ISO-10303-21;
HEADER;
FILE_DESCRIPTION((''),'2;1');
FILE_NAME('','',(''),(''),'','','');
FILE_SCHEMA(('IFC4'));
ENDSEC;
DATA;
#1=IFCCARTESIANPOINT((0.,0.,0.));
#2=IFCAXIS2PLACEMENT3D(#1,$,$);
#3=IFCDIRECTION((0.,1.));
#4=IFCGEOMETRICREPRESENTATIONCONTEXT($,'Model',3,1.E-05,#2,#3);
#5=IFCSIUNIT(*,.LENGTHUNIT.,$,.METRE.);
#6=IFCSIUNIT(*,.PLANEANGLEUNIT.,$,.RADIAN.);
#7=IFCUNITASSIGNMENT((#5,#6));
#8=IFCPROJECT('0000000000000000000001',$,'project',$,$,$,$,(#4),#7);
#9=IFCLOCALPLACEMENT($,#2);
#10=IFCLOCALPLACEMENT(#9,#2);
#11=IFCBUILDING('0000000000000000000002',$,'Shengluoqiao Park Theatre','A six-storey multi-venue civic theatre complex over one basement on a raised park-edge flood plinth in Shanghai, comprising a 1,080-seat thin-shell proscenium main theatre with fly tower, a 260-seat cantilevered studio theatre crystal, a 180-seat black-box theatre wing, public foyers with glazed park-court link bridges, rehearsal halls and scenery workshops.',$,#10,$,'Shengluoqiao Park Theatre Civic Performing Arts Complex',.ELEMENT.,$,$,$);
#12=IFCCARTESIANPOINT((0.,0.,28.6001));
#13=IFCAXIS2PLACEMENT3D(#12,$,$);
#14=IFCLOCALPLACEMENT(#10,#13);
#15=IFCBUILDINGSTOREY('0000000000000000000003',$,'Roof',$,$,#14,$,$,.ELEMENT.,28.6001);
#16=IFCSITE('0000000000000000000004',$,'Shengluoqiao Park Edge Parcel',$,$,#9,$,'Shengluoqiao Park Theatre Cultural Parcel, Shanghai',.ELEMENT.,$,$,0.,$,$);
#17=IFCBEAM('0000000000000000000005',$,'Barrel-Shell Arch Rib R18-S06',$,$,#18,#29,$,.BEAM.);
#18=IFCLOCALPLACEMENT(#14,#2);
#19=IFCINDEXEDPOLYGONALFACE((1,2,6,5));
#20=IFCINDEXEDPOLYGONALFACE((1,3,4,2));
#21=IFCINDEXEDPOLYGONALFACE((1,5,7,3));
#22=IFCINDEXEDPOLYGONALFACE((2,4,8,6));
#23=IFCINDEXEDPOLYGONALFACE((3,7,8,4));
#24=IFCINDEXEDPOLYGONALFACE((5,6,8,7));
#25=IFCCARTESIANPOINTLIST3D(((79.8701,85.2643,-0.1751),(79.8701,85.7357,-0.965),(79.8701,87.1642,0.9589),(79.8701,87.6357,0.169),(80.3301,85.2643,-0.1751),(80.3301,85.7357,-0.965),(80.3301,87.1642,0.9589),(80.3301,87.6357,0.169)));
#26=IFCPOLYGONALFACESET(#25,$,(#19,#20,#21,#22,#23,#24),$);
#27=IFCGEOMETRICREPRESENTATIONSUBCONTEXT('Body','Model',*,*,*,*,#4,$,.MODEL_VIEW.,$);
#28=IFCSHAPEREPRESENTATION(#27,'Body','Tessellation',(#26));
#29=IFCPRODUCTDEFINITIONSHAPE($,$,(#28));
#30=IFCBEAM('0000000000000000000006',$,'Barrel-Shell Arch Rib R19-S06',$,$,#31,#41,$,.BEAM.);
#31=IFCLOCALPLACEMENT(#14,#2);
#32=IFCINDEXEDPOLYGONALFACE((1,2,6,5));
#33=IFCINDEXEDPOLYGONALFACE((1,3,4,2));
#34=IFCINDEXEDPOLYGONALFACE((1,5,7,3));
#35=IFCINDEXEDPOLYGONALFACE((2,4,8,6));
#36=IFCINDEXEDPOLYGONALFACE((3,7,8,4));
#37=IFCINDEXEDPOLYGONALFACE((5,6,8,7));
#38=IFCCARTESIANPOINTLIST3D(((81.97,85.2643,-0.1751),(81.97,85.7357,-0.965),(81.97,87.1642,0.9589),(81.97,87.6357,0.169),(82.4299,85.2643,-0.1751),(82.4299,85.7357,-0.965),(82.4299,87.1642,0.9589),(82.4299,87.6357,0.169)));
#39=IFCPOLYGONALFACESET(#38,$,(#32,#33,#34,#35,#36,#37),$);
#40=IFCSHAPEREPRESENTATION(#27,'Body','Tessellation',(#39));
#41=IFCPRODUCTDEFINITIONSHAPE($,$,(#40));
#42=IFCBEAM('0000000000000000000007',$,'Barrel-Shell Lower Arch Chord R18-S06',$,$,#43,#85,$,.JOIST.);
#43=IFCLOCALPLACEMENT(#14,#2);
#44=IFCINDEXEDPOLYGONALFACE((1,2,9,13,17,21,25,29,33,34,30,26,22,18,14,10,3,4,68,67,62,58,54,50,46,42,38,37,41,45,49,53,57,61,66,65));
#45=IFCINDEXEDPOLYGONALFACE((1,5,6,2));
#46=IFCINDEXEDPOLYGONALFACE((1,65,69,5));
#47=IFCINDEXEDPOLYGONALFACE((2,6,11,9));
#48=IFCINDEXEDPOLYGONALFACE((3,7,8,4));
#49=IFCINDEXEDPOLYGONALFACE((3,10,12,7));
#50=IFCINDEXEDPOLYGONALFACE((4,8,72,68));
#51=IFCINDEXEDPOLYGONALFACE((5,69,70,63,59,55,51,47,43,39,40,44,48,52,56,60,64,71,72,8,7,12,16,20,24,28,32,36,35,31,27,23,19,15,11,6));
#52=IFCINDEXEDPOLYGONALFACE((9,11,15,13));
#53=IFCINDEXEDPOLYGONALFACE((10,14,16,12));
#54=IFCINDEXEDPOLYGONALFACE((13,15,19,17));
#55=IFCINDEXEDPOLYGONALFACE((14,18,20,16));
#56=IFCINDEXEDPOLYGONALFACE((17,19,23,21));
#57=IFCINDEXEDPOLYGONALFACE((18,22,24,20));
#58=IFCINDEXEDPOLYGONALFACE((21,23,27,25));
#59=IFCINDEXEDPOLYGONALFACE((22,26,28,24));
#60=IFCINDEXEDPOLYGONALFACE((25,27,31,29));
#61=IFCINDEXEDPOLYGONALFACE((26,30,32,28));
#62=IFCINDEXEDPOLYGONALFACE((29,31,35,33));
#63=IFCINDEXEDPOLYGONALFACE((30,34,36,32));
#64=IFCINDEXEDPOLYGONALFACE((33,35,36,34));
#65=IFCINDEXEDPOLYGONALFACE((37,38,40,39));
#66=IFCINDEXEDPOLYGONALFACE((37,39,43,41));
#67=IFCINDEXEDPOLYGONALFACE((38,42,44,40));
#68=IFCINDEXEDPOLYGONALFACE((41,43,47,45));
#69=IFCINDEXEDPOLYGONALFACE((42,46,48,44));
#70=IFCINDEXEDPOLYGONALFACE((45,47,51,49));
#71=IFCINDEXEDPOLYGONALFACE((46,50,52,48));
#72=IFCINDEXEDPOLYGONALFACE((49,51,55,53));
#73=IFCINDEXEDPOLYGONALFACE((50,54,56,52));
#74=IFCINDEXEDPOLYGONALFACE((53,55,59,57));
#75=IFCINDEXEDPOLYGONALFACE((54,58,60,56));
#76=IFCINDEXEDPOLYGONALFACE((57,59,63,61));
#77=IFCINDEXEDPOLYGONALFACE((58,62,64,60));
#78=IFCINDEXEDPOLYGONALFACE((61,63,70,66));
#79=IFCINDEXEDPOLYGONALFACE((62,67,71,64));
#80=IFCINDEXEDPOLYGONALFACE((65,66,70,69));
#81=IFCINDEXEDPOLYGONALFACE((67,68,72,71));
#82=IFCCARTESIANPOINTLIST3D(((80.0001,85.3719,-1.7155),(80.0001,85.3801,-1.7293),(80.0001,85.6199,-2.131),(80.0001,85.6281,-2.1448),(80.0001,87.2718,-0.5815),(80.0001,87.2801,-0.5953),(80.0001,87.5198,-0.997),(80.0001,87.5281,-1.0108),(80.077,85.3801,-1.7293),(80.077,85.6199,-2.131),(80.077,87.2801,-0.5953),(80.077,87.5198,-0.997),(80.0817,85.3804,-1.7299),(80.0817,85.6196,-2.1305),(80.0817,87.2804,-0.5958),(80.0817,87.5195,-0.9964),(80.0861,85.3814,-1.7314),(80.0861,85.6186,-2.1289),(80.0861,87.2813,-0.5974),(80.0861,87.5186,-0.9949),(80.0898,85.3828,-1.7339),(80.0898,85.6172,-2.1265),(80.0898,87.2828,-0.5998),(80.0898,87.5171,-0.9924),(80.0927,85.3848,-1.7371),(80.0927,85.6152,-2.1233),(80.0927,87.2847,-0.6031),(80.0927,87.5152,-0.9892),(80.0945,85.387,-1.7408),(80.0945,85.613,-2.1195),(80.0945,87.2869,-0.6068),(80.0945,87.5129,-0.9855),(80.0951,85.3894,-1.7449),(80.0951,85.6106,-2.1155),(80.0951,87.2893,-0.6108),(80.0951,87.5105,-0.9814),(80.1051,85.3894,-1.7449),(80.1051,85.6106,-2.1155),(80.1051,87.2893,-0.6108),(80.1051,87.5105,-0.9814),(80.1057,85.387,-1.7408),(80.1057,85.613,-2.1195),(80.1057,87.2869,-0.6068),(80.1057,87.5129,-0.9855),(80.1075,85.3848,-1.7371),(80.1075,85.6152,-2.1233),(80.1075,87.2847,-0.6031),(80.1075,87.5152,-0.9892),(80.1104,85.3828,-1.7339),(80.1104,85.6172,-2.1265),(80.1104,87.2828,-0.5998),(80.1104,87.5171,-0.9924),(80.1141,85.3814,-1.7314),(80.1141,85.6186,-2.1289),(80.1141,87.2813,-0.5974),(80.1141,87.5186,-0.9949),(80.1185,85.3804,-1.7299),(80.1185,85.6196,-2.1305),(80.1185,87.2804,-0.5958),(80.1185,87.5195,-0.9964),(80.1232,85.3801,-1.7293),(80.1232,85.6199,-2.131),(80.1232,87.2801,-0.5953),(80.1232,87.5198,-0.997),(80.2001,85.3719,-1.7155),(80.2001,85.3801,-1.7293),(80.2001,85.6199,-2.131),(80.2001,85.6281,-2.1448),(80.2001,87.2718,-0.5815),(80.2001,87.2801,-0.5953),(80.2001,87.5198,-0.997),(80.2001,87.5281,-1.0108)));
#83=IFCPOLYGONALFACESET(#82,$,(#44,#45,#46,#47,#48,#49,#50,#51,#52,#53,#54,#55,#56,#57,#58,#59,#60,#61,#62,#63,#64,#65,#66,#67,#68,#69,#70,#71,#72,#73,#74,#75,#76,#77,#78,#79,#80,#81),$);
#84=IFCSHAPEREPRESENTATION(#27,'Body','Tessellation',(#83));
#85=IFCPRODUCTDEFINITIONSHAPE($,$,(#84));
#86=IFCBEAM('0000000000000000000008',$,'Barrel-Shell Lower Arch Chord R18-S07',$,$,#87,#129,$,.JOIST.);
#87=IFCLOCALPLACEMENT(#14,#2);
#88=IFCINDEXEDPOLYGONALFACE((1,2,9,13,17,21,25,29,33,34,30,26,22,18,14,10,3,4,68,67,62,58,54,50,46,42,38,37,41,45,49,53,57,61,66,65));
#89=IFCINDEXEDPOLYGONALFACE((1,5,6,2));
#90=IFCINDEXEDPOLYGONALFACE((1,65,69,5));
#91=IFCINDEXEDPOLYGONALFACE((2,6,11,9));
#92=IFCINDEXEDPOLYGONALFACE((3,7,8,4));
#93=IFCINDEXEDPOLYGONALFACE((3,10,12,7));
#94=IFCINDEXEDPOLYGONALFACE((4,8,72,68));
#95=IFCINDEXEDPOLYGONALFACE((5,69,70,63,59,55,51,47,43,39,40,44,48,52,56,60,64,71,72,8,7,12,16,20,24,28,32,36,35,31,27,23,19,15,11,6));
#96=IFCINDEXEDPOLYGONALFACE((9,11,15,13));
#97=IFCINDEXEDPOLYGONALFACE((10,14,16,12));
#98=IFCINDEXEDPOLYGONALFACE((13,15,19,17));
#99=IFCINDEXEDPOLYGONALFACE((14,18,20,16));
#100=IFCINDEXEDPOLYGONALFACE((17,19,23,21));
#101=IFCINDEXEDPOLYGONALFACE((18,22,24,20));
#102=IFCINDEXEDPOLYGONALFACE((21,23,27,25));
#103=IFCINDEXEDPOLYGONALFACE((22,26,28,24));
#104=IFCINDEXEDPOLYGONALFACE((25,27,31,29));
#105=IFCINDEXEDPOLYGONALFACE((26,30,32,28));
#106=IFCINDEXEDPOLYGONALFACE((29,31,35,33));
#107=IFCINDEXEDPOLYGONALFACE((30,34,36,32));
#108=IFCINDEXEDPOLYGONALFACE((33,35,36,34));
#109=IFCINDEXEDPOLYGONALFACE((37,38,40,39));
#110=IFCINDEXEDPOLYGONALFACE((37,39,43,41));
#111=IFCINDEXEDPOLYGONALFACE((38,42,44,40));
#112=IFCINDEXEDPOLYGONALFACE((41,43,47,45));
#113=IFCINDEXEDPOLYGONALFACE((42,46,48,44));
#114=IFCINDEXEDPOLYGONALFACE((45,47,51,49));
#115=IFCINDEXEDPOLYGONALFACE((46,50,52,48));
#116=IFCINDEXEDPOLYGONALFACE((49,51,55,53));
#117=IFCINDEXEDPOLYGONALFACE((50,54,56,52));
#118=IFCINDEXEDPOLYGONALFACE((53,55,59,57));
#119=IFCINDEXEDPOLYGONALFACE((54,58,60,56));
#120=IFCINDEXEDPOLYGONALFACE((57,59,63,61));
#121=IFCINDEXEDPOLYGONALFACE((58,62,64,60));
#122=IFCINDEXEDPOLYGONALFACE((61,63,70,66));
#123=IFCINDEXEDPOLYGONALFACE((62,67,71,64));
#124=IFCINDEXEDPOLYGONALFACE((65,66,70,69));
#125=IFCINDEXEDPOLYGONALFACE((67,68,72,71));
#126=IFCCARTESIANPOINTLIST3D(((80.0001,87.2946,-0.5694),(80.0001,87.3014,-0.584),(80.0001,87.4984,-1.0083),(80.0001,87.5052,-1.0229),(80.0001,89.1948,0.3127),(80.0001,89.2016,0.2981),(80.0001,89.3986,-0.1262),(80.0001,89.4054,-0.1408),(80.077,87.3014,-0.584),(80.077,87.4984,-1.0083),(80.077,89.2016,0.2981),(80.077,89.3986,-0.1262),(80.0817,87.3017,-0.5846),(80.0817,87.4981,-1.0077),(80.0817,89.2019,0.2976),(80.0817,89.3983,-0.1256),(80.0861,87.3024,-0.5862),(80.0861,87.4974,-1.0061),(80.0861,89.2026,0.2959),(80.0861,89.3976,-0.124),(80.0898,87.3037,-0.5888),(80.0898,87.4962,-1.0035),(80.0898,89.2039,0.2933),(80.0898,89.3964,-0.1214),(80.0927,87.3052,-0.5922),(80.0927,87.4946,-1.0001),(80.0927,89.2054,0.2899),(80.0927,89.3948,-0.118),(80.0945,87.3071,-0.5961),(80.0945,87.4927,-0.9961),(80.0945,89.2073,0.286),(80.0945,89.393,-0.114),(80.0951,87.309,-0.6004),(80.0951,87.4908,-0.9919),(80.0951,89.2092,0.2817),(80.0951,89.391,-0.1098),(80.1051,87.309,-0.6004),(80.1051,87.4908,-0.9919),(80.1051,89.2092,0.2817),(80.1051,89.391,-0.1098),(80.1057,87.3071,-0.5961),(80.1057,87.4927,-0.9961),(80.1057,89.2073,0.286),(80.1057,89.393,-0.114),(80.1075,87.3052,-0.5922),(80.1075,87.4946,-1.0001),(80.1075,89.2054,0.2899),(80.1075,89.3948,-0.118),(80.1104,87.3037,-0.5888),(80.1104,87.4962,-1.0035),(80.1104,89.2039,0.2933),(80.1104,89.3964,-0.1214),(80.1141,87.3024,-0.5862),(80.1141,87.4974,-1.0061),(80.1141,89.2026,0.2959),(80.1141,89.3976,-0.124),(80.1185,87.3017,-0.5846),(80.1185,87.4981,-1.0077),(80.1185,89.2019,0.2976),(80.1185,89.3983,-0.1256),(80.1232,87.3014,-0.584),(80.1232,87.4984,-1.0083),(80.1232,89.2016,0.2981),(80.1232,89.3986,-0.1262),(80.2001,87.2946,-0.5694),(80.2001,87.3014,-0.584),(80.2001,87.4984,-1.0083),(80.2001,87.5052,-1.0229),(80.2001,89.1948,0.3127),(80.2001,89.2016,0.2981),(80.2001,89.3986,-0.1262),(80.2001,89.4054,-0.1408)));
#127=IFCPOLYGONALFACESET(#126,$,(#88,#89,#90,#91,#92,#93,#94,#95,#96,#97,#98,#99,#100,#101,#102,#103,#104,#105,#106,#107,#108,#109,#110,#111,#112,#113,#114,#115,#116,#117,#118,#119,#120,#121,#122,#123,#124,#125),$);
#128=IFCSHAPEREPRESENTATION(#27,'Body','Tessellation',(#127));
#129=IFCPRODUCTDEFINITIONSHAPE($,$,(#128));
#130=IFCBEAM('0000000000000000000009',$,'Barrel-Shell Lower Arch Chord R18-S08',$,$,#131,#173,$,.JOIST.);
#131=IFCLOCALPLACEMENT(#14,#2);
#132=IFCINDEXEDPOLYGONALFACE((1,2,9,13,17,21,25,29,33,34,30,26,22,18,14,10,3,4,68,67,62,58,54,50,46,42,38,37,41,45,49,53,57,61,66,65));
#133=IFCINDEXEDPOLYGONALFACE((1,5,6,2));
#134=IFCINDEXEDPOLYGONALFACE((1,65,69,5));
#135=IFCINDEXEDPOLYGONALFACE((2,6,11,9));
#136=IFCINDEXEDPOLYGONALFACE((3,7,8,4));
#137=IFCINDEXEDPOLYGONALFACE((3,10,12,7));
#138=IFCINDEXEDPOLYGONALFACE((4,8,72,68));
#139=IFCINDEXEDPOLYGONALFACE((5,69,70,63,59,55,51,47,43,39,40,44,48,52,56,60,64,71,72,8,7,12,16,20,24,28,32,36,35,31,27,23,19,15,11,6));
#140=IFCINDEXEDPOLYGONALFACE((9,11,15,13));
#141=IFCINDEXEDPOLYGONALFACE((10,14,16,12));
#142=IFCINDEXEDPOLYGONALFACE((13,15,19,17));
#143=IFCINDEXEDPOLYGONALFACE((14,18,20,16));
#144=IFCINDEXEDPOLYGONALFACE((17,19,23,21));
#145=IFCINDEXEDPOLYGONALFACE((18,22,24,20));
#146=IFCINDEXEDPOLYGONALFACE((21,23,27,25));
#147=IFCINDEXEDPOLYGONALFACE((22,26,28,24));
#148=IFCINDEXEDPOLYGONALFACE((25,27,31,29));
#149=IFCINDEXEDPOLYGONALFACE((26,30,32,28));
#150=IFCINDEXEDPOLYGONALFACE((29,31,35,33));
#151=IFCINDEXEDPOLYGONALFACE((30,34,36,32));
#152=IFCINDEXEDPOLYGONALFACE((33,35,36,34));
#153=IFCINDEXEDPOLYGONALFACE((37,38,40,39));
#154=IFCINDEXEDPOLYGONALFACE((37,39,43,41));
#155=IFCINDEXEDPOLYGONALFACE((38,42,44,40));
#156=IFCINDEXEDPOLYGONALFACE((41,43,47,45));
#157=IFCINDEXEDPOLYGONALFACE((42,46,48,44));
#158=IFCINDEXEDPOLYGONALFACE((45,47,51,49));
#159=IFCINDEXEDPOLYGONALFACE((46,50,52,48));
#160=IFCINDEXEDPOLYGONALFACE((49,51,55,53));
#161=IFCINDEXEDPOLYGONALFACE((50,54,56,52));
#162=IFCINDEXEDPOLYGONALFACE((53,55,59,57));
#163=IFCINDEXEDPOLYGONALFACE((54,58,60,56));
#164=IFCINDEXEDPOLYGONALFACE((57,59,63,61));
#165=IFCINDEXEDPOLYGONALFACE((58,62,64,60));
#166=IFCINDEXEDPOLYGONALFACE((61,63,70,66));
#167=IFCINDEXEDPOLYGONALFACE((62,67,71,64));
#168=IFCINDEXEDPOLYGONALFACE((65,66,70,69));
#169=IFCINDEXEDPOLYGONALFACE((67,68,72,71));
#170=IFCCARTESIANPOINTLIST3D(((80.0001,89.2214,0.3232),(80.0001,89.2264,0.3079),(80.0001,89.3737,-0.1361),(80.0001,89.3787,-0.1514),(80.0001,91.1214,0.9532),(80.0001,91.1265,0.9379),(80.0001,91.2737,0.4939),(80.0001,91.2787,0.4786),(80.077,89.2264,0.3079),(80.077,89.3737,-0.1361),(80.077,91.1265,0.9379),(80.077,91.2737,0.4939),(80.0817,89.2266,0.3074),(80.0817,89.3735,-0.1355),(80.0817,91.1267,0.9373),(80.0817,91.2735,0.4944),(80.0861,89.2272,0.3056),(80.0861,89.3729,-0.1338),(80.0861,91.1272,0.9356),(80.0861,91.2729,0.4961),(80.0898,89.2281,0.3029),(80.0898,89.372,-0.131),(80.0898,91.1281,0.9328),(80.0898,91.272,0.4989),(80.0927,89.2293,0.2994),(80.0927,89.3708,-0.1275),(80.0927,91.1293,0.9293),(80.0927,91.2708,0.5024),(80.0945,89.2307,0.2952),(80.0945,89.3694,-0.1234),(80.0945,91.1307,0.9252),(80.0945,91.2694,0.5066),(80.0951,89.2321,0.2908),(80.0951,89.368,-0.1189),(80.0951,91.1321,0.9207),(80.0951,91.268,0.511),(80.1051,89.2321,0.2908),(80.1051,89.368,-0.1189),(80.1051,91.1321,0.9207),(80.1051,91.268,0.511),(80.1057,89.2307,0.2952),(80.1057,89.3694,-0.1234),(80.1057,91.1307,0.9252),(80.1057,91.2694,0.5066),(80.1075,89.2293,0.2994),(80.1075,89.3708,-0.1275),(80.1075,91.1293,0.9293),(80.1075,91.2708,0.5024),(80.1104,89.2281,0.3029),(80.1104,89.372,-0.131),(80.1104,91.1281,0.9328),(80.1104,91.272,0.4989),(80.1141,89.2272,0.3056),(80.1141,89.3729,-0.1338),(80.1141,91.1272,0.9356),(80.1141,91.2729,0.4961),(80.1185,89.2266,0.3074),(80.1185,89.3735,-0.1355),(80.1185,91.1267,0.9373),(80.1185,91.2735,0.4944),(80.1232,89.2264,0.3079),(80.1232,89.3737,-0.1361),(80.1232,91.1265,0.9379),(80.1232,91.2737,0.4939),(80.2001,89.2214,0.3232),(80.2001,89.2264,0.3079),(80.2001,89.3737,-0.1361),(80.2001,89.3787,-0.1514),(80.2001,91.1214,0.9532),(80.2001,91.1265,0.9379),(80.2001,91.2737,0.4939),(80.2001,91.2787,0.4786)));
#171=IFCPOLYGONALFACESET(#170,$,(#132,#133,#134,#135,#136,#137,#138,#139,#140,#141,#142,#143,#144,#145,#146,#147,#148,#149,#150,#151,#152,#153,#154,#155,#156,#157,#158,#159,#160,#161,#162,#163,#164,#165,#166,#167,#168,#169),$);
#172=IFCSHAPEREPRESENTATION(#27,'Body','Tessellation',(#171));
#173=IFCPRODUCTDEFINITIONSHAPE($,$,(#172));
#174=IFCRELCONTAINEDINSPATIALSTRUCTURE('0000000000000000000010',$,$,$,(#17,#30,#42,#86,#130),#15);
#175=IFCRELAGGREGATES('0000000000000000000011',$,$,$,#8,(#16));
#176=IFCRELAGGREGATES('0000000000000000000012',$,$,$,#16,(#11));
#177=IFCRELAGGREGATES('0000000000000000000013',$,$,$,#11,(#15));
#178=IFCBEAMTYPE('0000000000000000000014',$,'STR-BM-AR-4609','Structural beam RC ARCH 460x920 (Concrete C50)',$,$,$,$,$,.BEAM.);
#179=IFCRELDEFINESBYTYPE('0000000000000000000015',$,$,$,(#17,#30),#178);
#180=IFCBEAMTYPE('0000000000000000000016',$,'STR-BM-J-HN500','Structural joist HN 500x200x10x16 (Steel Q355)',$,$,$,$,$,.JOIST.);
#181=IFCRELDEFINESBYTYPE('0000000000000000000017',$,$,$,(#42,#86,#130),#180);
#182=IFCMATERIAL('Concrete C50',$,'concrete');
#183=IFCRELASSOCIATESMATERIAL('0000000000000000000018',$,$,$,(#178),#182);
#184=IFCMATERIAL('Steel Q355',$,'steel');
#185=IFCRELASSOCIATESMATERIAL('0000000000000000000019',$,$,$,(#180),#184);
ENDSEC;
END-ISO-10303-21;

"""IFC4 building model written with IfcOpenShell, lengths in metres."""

from ifc_helpers import new_model, si_unit, direction, frame, origin, origin_2d, place, context, subcontext, project, spatial, rectangle, i_section, extrude, material, material_profile, profile_set, type_object, element, save


model = new_model("IFC4")

# Units and contexts
model_context = context("Model", 3, precision=1e-05, world=origin(), true_north=direction((0.0, 1.0)))
body_context = subcontext(model_context, "Body", "Model", "MODEL_VIEW")
ifc_project = project(units=[si_unit("LENGTHUNIT", "METRE"), si_unit("PLANEANGLEUNIT", "RADIAN")], contexts=[model_context])

# Site, building, storey
site_placement = place(None, origin())
site = spatial("IfcSite", under=ifc_project, at=site_placement, Name="Shengluoqiao Park Edge Parcel", LongName="Shengluoqiao Park Theatre Cultural Parcel, Shanghai", CompositionType="ELEMENT", RefElevation=0.0)
building_placement = place(site_placement, origin())
building = spatial("IfcBuilding", under=site, at=building_placement, Name="Shengluoqiao Park Theatre", Description="A six-storey multi-venue civic theatre complex over one basement on a raised park-edge flood plinth in Shanghai, comprising a 1,080-seat thin-shell proscenium main theatre with fly tower, a 260-seat cantilevered studio theatre crystal, a 180-seat black-box theatre wing, public foyers with glazed park-court link bridges, rehearsal halls and scenery workshops.", LongName="Shengluoqiao Park Theatre Civic Performing Arts Complex", CompositionType="ELEMENT")
storey_placement = place(building_placement, frame((0.0, 0.0, 28.6001)))
storey = spatial("IfcBuildingStorey", under=building, at=storey_placement, Name="Roof", CompositionType="ELEMENT", Elevation=28.6001)

# Beams
ifc_material_1 = material(Name="Concrete C50", Category="concrete")
ifc_material_profile_1 = material_profile(ifc_material_1, rectangle(XDim=0.46, YDim=0.9199, at=origin_2d()), Name="RC ARCH 460x920")
ifc_profile_set_1 = profile_set([ifc_material_profile_1], Name="Concrete C50")
beam_type_1 = type_object("IfcBeamType", Name="STR-BM-AR-4609", Description="Structural beam RC ARCH 460x920 (Concrete C50)", PredefinedType="BEAM", material=ifc_profile_set_1)
for number, where, z_axis, x_axis, name in (
    (1, (80.1001, 85.5, -0.5701), (0.0, 0.858669, 0.512531), (-1.0, 0.0, 0.0), "Barrel-Shell Arch Rib R18-S06"),
    (2, (82.2, 85.5, -0.5701), (0.0, 0.858669, 0.512531), (-1.0, 0.0, 0.0), "Barrel-Shell Arch Rib R19-S06"),
):
    element("IfcBeam", number, at=place(storey_placement, frame(where, z_axis=z_axis, x_axis=x_axis)), inside=storey, type_object=beam_type_1, Name=name, PredefinedType="BEAM", context=body_context, shape_type="SweptSolid", body=[
        extrude(rectangle(XDim=0.46, YDim=0.9199, at=origin_2d()), origin(), (0.0, 0.0, 1.0), 2.2126),
    ])
ifc_material_2 = material(Name="Steel Q355", Category="steel")
ifc_material_profile_2 = material_profile(ifc_material_2, i_section(OverallWidth=0.2, OverallDepth=0.5, WebThickness=0.01, FlangeThickness=0.0161, FilletRadius=0.0181, at=origin_2d()), Name="HN 500x200x10x16")
ifc_profile_set_2 = profile_set([ifc_material_profile_2], Name="Steel Q355")
beam_type_2 = type_object("IfcBeamType", Name="STR-BM-J-HN500", Description="Structural joist HN 500x200x10x16 (Steel Q355)", PredefinedType="JOIST", material=ifc_profile_set_2)
beam_1_placement = place(storey_placement, frame((80.1001, 85.5, -1.9302), z_axis=(0.0, 0.858669, 0.512531), x_axis=(-1.0, 0.0, 0.0)))
element("IfcBeam", 3, at=beam_1_placement, inside=storey, type_object=beam_type_2, Name="Barrel-Shell Lower Arch Chord R18-S06", PredefinedType="JOIST", context=body_context, shape_type="SweptSolid", body=[
    extrude(i_section(OverallWidth=0.2, OverallDepth=0.5, WebThickness=0.01, FlangeThickness=0.0161, FilletRadius=0.0181, at=origin_2d()), origin(), (0.0, 0.0, 1.0), 2.2126),
])
beam_2_placement = place(storey_placement, frame((80.1001, 87.3999, -0.7961), z_axis=(0.0, 0.907033, 0.42106), x_axis=(-1.0, 0.0, 0.0)))
element("IfcBeam", 4, at=beam_2_placement, inside=storey, type_object=beam_type_2, Name="Barrel-Shell Lower Arch Chord R18-S07", PredefinedType="JOIST", context=body_context, shape_type="SweptSolid", body=[
    extrude(i_section(OverallWidth=0.2, OverallDepth=0.5, WebThickness=0.01, FlangeThickness=0.0161, FilletRadius=0.0181, at=origin_2d()), origin(), (0.0, 0.0, 1.0), 2.095),
])
beam_3_placement = place(storey_placement, frame((80.1001, 89.3, 0.0859), z_axis=(0.0, 0.949194, 0.31469), x_axis=(-1.0, 0.0, 0.0)))
element("IfcBeam", 5, at=beam_3_placement, inside=storey, type_object=beam_type_2, Name="Barrel-Shell Lower Arch Chord R18-S08", PredefinedType="JOIST", context=body_context, shape_type="SweptSolid", body=[
    extrude(i_section(OverallWidth=0.2, OverallDepth=0.5, WebThickness=0.01, FlangeThickness=0.0161, FilletRadius=0.0181, at=origin_2d()), origin(), (0.0, 0.0, 1.0), 2.0017),
])

save(model, "model.ifc")
